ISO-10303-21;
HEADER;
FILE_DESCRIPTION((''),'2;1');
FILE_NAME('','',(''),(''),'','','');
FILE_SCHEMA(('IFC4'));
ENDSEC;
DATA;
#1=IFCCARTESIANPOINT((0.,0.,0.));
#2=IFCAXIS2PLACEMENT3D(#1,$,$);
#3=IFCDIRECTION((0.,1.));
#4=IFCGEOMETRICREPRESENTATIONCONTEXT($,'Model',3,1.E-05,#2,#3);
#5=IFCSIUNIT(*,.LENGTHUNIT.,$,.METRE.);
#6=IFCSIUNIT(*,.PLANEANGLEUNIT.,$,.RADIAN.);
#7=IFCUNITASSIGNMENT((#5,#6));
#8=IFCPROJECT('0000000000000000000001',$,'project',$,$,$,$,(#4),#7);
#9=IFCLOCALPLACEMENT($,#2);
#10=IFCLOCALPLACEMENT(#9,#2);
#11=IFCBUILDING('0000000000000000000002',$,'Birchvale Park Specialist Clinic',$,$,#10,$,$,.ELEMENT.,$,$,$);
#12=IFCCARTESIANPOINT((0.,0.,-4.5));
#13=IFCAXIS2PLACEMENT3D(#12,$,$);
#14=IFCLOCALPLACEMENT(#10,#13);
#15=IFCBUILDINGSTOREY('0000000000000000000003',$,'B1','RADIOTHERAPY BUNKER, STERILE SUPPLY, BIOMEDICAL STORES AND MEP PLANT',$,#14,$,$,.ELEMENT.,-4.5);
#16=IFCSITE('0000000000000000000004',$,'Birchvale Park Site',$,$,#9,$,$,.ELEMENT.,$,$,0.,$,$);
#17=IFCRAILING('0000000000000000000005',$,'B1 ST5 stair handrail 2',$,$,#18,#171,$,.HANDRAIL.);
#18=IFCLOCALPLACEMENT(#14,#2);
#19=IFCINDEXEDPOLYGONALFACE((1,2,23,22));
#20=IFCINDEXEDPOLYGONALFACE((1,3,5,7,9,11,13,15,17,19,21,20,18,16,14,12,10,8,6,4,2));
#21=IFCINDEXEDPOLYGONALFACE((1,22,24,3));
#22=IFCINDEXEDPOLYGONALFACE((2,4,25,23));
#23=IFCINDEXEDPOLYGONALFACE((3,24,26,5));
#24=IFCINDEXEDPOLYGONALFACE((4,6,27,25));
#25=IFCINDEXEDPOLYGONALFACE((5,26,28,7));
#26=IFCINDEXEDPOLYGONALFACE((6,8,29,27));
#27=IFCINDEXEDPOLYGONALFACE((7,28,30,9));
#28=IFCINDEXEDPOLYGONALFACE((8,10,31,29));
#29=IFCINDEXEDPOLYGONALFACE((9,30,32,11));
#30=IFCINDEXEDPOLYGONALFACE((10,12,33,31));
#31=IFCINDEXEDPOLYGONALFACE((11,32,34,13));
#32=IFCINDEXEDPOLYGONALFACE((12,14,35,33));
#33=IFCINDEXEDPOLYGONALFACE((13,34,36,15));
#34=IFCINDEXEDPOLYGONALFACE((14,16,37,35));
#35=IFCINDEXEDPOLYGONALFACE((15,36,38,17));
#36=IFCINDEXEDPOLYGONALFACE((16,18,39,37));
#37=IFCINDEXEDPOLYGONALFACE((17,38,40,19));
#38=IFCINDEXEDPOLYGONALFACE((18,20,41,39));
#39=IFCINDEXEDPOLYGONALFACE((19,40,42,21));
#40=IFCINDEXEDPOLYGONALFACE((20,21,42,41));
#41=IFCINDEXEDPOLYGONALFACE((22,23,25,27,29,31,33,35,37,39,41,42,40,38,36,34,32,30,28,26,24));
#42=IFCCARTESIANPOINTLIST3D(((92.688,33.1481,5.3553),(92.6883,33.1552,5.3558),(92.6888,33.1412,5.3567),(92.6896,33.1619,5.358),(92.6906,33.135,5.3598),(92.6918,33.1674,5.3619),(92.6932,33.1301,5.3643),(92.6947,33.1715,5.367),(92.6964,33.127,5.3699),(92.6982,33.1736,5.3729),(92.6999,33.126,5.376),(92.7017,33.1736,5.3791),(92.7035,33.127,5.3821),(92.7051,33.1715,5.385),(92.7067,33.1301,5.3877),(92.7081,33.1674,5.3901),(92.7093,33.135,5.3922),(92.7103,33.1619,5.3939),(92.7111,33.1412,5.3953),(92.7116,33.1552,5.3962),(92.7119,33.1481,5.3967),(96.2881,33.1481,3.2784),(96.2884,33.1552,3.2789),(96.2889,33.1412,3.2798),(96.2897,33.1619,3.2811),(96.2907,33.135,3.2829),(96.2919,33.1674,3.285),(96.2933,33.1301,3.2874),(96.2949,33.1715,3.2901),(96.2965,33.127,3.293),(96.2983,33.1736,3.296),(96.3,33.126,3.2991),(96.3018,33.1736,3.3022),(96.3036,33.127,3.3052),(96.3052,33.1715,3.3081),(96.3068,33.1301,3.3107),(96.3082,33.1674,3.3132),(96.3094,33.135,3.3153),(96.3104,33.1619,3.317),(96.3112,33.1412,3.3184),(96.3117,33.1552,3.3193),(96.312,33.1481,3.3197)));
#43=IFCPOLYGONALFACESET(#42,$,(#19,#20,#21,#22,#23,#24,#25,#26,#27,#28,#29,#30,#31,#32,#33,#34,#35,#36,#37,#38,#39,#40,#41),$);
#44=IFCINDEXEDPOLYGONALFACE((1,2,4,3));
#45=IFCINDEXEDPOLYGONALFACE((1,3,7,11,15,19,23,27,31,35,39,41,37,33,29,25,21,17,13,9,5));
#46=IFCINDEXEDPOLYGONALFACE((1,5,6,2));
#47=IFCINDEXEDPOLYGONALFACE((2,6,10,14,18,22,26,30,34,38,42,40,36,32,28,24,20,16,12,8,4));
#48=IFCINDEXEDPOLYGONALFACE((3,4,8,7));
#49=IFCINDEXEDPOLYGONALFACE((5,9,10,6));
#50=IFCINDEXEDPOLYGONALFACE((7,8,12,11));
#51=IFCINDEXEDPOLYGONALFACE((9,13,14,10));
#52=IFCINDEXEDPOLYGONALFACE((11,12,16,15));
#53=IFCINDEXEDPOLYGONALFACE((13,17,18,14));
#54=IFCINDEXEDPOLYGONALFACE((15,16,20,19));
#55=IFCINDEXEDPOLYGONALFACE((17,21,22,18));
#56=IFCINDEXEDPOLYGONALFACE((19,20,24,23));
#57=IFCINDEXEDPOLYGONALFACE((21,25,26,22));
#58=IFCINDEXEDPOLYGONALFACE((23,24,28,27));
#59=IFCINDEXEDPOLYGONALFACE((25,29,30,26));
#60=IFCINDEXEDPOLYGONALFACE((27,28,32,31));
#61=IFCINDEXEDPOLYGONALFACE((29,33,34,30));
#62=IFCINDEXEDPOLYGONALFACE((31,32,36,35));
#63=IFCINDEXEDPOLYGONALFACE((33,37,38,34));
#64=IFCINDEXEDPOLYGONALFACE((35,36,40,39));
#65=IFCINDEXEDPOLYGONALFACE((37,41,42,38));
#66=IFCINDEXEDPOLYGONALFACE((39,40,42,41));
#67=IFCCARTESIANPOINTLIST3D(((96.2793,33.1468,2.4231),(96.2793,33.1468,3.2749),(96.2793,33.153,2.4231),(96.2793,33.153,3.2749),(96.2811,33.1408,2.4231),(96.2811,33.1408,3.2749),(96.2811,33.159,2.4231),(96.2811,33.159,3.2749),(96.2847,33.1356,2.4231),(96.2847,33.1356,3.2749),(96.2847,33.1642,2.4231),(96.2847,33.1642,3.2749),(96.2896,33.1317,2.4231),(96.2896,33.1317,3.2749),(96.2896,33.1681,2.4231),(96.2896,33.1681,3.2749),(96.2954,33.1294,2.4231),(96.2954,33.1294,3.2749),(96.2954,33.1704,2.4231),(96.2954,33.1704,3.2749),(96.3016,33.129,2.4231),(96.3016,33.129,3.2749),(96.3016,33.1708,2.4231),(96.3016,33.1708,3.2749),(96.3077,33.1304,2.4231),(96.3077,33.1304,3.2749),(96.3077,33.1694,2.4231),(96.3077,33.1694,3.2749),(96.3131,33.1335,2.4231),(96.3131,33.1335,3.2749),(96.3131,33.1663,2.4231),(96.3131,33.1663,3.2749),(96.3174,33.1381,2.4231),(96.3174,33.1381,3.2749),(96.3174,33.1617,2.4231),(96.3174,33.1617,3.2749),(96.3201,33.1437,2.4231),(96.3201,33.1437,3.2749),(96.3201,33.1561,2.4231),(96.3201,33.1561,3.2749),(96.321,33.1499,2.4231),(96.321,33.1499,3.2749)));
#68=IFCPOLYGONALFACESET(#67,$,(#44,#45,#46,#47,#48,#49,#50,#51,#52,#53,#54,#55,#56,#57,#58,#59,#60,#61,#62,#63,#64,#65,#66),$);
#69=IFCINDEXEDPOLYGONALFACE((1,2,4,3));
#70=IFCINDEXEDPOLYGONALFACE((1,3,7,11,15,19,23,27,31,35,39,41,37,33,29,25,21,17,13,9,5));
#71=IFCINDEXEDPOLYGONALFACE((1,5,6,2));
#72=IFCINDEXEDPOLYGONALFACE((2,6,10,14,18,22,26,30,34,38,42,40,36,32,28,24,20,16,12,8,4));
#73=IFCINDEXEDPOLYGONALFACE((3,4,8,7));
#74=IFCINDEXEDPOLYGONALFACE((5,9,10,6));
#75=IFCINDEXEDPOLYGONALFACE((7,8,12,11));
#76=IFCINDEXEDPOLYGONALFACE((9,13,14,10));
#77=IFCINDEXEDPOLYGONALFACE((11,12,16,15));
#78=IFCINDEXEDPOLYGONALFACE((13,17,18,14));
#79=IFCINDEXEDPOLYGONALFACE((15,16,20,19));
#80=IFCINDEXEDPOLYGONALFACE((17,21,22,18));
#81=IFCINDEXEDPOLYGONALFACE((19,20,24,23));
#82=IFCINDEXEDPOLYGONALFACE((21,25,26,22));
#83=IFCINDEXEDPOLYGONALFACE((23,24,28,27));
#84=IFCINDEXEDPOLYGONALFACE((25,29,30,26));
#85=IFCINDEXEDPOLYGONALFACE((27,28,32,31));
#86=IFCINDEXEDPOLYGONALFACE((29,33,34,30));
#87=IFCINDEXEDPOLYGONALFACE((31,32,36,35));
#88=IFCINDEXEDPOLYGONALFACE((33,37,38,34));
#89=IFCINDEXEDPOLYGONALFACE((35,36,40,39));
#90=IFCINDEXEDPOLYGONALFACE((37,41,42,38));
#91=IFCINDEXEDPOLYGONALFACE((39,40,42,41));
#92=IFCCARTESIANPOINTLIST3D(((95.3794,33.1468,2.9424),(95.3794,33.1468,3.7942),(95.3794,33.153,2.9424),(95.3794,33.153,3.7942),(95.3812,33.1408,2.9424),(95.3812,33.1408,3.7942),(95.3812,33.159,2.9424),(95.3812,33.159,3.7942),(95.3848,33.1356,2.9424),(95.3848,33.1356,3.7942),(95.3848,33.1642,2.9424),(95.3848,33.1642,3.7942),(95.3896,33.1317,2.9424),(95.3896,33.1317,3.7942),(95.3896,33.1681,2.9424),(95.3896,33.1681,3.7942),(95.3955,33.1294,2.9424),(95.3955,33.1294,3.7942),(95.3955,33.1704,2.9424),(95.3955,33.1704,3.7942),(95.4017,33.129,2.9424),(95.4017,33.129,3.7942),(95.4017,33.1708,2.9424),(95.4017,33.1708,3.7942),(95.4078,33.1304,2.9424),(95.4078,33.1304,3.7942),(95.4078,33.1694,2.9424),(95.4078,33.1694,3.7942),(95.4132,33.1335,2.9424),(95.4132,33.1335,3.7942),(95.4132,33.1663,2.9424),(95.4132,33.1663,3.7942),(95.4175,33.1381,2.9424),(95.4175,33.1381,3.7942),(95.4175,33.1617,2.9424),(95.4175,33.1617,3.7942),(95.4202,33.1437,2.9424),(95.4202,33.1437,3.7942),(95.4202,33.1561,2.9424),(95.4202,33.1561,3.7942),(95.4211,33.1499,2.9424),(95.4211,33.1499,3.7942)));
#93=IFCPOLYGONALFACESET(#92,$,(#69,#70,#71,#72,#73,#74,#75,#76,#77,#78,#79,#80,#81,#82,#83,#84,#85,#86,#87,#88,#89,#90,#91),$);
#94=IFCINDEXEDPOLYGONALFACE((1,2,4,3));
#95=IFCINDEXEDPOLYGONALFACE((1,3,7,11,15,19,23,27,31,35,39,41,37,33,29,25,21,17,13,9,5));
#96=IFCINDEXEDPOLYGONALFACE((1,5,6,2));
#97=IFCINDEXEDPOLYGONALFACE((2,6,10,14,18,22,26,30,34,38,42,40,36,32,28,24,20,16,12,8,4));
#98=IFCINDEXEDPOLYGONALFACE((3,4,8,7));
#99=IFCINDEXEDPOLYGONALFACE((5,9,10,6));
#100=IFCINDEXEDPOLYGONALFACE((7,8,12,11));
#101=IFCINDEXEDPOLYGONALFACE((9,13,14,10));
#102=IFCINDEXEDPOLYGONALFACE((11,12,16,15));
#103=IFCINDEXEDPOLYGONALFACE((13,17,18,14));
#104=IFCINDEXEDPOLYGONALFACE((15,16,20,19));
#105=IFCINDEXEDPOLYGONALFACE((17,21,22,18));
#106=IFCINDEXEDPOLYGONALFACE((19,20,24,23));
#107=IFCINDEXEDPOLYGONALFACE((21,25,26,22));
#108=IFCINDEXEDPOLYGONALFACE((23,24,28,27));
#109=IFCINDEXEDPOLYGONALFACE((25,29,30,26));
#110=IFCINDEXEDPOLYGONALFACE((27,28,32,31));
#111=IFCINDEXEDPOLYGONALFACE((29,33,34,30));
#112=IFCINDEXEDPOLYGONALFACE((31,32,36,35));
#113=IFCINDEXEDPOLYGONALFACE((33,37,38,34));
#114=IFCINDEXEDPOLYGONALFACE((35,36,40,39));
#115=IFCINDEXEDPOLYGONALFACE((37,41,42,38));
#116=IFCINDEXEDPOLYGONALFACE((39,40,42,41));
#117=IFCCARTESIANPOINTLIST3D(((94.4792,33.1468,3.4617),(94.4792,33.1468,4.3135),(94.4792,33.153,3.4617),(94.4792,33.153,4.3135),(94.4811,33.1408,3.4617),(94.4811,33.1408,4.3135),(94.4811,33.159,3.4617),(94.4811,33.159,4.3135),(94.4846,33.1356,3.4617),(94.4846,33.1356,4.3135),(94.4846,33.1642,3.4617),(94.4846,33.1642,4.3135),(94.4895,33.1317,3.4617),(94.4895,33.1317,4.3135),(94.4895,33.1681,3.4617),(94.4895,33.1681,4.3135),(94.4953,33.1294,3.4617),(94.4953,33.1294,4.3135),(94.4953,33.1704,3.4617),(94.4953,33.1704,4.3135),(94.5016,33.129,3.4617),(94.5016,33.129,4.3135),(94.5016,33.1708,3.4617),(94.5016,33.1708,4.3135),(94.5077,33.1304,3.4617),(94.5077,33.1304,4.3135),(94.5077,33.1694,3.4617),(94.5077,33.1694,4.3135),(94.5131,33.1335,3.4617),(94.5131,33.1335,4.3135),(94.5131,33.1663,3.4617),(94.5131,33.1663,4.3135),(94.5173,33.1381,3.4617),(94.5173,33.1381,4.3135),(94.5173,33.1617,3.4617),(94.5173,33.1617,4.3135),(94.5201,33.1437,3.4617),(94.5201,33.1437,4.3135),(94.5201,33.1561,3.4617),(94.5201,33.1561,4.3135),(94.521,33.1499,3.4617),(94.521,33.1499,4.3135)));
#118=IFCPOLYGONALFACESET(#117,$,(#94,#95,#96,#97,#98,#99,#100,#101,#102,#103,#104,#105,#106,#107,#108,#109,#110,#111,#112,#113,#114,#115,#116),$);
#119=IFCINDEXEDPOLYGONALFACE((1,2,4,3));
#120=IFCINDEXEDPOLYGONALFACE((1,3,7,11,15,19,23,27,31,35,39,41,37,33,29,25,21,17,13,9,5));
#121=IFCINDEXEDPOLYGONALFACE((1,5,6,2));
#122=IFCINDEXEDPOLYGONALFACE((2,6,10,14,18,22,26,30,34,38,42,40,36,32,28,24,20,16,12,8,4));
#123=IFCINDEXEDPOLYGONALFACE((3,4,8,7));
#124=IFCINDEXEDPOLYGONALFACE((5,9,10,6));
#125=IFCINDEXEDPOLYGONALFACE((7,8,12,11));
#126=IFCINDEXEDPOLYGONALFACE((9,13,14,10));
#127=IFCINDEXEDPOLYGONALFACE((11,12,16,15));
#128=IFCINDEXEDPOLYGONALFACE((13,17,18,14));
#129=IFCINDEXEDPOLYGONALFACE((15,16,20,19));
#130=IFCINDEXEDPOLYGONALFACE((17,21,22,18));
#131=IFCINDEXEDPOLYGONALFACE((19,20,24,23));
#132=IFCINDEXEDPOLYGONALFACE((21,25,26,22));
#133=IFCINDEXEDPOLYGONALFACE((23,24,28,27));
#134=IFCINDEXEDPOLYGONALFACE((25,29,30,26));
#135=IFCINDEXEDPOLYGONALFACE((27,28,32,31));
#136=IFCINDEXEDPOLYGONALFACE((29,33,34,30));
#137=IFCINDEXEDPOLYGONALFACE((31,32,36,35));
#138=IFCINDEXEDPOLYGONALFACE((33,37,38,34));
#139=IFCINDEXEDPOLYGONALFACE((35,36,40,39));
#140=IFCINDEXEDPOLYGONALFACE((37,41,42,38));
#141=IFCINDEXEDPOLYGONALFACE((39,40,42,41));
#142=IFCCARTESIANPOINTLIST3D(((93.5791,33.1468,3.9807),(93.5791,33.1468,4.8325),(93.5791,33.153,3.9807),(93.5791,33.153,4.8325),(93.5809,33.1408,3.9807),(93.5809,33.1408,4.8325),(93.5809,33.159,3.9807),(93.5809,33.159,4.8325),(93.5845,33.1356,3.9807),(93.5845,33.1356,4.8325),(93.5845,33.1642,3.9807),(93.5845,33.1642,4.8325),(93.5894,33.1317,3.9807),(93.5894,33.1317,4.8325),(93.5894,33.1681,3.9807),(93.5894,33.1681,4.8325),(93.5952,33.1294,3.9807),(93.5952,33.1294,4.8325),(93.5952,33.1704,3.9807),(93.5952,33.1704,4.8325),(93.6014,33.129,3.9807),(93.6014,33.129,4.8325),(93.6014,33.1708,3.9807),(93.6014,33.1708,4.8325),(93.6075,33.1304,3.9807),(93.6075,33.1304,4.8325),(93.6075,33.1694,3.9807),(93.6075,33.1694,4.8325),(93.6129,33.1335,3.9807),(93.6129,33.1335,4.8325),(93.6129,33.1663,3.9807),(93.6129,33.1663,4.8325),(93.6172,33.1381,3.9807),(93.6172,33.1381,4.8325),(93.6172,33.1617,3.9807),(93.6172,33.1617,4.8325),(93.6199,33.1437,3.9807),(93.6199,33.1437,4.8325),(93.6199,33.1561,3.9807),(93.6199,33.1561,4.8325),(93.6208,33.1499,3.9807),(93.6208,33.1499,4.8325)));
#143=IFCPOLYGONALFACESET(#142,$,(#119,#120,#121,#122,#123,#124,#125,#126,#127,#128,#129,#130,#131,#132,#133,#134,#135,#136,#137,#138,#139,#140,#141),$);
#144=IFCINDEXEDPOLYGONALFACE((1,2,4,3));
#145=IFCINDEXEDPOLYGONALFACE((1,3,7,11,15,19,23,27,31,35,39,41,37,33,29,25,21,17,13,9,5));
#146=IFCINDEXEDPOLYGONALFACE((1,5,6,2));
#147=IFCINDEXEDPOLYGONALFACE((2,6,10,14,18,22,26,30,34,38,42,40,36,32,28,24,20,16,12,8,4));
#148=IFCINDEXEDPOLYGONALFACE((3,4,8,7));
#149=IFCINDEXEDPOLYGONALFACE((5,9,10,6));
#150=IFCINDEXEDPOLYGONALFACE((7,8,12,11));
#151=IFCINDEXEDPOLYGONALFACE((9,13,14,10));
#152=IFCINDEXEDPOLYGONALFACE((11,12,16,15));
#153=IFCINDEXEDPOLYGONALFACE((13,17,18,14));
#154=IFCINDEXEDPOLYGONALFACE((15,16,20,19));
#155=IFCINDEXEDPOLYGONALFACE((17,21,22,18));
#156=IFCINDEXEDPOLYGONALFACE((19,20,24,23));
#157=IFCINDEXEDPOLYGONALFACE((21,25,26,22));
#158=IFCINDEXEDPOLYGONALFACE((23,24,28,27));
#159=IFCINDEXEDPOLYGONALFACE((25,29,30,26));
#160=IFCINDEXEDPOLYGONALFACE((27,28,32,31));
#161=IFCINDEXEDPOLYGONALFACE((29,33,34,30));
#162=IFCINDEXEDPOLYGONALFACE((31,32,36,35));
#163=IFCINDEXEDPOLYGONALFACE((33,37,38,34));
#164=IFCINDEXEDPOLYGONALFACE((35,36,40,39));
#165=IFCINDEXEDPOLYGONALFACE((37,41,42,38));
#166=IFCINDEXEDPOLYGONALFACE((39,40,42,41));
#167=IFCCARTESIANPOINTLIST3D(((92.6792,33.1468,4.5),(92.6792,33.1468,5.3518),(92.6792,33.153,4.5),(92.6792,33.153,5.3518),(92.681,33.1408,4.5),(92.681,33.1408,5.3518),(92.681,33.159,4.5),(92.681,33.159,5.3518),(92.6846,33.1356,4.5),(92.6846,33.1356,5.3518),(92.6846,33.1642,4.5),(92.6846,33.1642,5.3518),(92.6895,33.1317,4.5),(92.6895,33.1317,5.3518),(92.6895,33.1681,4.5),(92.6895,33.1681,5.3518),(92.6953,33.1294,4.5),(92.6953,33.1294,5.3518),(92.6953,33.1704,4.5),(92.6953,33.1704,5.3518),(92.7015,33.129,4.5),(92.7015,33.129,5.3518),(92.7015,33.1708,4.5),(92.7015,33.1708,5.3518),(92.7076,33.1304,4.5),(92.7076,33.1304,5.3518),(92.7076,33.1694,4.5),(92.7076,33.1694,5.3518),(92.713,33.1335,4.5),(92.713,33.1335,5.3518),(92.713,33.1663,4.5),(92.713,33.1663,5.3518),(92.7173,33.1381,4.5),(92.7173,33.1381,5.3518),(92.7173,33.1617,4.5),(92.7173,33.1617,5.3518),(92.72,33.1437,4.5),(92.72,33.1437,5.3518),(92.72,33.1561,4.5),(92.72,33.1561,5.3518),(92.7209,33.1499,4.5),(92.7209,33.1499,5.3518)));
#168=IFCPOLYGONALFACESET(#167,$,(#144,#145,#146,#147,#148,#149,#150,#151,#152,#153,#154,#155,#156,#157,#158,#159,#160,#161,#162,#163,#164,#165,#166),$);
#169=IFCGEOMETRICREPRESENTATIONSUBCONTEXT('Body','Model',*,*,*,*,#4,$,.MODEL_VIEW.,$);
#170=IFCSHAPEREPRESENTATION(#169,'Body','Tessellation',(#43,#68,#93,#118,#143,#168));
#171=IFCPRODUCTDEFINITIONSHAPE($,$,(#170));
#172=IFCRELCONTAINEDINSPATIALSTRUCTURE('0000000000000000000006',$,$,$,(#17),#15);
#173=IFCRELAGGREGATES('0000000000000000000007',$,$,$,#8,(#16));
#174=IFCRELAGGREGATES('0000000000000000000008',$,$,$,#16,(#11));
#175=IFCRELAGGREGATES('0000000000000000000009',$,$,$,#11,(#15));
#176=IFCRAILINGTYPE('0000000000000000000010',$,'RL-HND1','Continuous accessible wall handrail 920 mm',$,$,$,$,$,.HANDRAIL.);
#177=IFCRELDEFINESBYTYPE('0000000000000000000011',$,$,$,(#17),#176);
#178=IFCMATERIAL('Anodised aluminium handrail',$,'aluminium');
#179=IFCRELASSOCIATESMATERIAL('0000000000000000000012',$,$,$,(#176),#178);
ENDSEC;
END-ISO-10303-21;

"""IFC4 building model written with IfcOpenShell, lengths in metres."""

from ifc_helpers import new_model, si_unit, direction, frame, origin, origin_2d, place, context, subcontext, project, spatial, circle, extrude, material, type_object, element, save


model = new_model("IFC4")

# Units and contexts
model_context = context("Model", 3, precision=1e-05, world=origin(), true_north=direction((0.0, 1.0)))
body_context = subcontext(model_context, "Body", "Model", "MODEL_VIEW")
ifc_project = project(units=[si_unit("LENGTHUNIT", "METRE"), si_unit("PLANEANGLEUNIT", "RADIAN")], contexts=[model_context])

# Site, building, storey
site_placement = place(None, origin())
site = spatial("IfcSite", under=ifc_project, at=site_placement, Name="Birchvale Park Site", CompositionType="ELEMENT", RefElevation=0.0)
building_placement = place(site_placement, origin())
building = spatial("IfcBuilding", under=site, at=building_placement, Name="Birchvale Park Specialist Clinic", CompositionType="ELEMENT")
storey_placement = place(building_placement, frame((0.0, 0.0, -4.5)))
storey = spatial("IfcBuildingStorey", under=building, at=storey_placement, Name="B1", Description="RADIOTHERAPY BUNKER, STERILE SUPPLY, BIOMEDICAL STORES AND MEP PLANT", CompositionType="ELEMENT", Elevation=-4.5)

# Railing
ifc_material_1 = material(Name="Anodised aluminium handrail", Category="aluminium")
railing_type_1 = type_object("IfcRailingType", Name="RL-HND1", Description="Continuous accessible wall handrail 920 mm", PredefinedType="HANDRAIL", material=ifc_material_1)
railing_1_placement = place(storey_placement, frame((96.3, 33.1499, 2.4231)))
element("IfcRailing", 1, at=railing_1_placement, inside=storey, type_object=railing_type_1, Name="B1 ST5 stair handrail 2", PredefinedType="HANDRAIL", context=body_context, shape_type="SweptSolid", body=[
    extrude(circle(Radius=0.0239, at=origin_2d()), frame((0.0, 0.0, 0.876), z_axis=(-0.866193, 0.0, 0.499709), x_axis=(0.0, -1.0, 0.0)), (0.0, 0.0, 1.0), 4.1562),
    extrude(circle(Radius=0.021, at=origin_2d()), origin(), (0.0, 0.0, 1.0), 0.8518),
    extrude(circle(Radius=0.021, at=origin_2d()), frame((-0.8999, 0.0, 0.5193)), (0.0, 0.0, 1.0), 0.8518),
    extrude(circle(Radius=0.021, at=origin_2d()), frame((-1.8, 0.0, 1.0386)), (0.0, 0.0, 1.0), 0.8518),
    extrude(circle(Radius=0.021, at=origin_2d()), frame((-2.7002, 0.0, 1.5576)), (0.0, 0.0, 1.0), 0.8518),
    extrude(circle(Radius=0.021, at=origin_2d()), frame((-3.6001, 0.0, 2.0769)), (0.0, 0.0, 1.0), 0.8518),
])

save(model, "model.ifc")
